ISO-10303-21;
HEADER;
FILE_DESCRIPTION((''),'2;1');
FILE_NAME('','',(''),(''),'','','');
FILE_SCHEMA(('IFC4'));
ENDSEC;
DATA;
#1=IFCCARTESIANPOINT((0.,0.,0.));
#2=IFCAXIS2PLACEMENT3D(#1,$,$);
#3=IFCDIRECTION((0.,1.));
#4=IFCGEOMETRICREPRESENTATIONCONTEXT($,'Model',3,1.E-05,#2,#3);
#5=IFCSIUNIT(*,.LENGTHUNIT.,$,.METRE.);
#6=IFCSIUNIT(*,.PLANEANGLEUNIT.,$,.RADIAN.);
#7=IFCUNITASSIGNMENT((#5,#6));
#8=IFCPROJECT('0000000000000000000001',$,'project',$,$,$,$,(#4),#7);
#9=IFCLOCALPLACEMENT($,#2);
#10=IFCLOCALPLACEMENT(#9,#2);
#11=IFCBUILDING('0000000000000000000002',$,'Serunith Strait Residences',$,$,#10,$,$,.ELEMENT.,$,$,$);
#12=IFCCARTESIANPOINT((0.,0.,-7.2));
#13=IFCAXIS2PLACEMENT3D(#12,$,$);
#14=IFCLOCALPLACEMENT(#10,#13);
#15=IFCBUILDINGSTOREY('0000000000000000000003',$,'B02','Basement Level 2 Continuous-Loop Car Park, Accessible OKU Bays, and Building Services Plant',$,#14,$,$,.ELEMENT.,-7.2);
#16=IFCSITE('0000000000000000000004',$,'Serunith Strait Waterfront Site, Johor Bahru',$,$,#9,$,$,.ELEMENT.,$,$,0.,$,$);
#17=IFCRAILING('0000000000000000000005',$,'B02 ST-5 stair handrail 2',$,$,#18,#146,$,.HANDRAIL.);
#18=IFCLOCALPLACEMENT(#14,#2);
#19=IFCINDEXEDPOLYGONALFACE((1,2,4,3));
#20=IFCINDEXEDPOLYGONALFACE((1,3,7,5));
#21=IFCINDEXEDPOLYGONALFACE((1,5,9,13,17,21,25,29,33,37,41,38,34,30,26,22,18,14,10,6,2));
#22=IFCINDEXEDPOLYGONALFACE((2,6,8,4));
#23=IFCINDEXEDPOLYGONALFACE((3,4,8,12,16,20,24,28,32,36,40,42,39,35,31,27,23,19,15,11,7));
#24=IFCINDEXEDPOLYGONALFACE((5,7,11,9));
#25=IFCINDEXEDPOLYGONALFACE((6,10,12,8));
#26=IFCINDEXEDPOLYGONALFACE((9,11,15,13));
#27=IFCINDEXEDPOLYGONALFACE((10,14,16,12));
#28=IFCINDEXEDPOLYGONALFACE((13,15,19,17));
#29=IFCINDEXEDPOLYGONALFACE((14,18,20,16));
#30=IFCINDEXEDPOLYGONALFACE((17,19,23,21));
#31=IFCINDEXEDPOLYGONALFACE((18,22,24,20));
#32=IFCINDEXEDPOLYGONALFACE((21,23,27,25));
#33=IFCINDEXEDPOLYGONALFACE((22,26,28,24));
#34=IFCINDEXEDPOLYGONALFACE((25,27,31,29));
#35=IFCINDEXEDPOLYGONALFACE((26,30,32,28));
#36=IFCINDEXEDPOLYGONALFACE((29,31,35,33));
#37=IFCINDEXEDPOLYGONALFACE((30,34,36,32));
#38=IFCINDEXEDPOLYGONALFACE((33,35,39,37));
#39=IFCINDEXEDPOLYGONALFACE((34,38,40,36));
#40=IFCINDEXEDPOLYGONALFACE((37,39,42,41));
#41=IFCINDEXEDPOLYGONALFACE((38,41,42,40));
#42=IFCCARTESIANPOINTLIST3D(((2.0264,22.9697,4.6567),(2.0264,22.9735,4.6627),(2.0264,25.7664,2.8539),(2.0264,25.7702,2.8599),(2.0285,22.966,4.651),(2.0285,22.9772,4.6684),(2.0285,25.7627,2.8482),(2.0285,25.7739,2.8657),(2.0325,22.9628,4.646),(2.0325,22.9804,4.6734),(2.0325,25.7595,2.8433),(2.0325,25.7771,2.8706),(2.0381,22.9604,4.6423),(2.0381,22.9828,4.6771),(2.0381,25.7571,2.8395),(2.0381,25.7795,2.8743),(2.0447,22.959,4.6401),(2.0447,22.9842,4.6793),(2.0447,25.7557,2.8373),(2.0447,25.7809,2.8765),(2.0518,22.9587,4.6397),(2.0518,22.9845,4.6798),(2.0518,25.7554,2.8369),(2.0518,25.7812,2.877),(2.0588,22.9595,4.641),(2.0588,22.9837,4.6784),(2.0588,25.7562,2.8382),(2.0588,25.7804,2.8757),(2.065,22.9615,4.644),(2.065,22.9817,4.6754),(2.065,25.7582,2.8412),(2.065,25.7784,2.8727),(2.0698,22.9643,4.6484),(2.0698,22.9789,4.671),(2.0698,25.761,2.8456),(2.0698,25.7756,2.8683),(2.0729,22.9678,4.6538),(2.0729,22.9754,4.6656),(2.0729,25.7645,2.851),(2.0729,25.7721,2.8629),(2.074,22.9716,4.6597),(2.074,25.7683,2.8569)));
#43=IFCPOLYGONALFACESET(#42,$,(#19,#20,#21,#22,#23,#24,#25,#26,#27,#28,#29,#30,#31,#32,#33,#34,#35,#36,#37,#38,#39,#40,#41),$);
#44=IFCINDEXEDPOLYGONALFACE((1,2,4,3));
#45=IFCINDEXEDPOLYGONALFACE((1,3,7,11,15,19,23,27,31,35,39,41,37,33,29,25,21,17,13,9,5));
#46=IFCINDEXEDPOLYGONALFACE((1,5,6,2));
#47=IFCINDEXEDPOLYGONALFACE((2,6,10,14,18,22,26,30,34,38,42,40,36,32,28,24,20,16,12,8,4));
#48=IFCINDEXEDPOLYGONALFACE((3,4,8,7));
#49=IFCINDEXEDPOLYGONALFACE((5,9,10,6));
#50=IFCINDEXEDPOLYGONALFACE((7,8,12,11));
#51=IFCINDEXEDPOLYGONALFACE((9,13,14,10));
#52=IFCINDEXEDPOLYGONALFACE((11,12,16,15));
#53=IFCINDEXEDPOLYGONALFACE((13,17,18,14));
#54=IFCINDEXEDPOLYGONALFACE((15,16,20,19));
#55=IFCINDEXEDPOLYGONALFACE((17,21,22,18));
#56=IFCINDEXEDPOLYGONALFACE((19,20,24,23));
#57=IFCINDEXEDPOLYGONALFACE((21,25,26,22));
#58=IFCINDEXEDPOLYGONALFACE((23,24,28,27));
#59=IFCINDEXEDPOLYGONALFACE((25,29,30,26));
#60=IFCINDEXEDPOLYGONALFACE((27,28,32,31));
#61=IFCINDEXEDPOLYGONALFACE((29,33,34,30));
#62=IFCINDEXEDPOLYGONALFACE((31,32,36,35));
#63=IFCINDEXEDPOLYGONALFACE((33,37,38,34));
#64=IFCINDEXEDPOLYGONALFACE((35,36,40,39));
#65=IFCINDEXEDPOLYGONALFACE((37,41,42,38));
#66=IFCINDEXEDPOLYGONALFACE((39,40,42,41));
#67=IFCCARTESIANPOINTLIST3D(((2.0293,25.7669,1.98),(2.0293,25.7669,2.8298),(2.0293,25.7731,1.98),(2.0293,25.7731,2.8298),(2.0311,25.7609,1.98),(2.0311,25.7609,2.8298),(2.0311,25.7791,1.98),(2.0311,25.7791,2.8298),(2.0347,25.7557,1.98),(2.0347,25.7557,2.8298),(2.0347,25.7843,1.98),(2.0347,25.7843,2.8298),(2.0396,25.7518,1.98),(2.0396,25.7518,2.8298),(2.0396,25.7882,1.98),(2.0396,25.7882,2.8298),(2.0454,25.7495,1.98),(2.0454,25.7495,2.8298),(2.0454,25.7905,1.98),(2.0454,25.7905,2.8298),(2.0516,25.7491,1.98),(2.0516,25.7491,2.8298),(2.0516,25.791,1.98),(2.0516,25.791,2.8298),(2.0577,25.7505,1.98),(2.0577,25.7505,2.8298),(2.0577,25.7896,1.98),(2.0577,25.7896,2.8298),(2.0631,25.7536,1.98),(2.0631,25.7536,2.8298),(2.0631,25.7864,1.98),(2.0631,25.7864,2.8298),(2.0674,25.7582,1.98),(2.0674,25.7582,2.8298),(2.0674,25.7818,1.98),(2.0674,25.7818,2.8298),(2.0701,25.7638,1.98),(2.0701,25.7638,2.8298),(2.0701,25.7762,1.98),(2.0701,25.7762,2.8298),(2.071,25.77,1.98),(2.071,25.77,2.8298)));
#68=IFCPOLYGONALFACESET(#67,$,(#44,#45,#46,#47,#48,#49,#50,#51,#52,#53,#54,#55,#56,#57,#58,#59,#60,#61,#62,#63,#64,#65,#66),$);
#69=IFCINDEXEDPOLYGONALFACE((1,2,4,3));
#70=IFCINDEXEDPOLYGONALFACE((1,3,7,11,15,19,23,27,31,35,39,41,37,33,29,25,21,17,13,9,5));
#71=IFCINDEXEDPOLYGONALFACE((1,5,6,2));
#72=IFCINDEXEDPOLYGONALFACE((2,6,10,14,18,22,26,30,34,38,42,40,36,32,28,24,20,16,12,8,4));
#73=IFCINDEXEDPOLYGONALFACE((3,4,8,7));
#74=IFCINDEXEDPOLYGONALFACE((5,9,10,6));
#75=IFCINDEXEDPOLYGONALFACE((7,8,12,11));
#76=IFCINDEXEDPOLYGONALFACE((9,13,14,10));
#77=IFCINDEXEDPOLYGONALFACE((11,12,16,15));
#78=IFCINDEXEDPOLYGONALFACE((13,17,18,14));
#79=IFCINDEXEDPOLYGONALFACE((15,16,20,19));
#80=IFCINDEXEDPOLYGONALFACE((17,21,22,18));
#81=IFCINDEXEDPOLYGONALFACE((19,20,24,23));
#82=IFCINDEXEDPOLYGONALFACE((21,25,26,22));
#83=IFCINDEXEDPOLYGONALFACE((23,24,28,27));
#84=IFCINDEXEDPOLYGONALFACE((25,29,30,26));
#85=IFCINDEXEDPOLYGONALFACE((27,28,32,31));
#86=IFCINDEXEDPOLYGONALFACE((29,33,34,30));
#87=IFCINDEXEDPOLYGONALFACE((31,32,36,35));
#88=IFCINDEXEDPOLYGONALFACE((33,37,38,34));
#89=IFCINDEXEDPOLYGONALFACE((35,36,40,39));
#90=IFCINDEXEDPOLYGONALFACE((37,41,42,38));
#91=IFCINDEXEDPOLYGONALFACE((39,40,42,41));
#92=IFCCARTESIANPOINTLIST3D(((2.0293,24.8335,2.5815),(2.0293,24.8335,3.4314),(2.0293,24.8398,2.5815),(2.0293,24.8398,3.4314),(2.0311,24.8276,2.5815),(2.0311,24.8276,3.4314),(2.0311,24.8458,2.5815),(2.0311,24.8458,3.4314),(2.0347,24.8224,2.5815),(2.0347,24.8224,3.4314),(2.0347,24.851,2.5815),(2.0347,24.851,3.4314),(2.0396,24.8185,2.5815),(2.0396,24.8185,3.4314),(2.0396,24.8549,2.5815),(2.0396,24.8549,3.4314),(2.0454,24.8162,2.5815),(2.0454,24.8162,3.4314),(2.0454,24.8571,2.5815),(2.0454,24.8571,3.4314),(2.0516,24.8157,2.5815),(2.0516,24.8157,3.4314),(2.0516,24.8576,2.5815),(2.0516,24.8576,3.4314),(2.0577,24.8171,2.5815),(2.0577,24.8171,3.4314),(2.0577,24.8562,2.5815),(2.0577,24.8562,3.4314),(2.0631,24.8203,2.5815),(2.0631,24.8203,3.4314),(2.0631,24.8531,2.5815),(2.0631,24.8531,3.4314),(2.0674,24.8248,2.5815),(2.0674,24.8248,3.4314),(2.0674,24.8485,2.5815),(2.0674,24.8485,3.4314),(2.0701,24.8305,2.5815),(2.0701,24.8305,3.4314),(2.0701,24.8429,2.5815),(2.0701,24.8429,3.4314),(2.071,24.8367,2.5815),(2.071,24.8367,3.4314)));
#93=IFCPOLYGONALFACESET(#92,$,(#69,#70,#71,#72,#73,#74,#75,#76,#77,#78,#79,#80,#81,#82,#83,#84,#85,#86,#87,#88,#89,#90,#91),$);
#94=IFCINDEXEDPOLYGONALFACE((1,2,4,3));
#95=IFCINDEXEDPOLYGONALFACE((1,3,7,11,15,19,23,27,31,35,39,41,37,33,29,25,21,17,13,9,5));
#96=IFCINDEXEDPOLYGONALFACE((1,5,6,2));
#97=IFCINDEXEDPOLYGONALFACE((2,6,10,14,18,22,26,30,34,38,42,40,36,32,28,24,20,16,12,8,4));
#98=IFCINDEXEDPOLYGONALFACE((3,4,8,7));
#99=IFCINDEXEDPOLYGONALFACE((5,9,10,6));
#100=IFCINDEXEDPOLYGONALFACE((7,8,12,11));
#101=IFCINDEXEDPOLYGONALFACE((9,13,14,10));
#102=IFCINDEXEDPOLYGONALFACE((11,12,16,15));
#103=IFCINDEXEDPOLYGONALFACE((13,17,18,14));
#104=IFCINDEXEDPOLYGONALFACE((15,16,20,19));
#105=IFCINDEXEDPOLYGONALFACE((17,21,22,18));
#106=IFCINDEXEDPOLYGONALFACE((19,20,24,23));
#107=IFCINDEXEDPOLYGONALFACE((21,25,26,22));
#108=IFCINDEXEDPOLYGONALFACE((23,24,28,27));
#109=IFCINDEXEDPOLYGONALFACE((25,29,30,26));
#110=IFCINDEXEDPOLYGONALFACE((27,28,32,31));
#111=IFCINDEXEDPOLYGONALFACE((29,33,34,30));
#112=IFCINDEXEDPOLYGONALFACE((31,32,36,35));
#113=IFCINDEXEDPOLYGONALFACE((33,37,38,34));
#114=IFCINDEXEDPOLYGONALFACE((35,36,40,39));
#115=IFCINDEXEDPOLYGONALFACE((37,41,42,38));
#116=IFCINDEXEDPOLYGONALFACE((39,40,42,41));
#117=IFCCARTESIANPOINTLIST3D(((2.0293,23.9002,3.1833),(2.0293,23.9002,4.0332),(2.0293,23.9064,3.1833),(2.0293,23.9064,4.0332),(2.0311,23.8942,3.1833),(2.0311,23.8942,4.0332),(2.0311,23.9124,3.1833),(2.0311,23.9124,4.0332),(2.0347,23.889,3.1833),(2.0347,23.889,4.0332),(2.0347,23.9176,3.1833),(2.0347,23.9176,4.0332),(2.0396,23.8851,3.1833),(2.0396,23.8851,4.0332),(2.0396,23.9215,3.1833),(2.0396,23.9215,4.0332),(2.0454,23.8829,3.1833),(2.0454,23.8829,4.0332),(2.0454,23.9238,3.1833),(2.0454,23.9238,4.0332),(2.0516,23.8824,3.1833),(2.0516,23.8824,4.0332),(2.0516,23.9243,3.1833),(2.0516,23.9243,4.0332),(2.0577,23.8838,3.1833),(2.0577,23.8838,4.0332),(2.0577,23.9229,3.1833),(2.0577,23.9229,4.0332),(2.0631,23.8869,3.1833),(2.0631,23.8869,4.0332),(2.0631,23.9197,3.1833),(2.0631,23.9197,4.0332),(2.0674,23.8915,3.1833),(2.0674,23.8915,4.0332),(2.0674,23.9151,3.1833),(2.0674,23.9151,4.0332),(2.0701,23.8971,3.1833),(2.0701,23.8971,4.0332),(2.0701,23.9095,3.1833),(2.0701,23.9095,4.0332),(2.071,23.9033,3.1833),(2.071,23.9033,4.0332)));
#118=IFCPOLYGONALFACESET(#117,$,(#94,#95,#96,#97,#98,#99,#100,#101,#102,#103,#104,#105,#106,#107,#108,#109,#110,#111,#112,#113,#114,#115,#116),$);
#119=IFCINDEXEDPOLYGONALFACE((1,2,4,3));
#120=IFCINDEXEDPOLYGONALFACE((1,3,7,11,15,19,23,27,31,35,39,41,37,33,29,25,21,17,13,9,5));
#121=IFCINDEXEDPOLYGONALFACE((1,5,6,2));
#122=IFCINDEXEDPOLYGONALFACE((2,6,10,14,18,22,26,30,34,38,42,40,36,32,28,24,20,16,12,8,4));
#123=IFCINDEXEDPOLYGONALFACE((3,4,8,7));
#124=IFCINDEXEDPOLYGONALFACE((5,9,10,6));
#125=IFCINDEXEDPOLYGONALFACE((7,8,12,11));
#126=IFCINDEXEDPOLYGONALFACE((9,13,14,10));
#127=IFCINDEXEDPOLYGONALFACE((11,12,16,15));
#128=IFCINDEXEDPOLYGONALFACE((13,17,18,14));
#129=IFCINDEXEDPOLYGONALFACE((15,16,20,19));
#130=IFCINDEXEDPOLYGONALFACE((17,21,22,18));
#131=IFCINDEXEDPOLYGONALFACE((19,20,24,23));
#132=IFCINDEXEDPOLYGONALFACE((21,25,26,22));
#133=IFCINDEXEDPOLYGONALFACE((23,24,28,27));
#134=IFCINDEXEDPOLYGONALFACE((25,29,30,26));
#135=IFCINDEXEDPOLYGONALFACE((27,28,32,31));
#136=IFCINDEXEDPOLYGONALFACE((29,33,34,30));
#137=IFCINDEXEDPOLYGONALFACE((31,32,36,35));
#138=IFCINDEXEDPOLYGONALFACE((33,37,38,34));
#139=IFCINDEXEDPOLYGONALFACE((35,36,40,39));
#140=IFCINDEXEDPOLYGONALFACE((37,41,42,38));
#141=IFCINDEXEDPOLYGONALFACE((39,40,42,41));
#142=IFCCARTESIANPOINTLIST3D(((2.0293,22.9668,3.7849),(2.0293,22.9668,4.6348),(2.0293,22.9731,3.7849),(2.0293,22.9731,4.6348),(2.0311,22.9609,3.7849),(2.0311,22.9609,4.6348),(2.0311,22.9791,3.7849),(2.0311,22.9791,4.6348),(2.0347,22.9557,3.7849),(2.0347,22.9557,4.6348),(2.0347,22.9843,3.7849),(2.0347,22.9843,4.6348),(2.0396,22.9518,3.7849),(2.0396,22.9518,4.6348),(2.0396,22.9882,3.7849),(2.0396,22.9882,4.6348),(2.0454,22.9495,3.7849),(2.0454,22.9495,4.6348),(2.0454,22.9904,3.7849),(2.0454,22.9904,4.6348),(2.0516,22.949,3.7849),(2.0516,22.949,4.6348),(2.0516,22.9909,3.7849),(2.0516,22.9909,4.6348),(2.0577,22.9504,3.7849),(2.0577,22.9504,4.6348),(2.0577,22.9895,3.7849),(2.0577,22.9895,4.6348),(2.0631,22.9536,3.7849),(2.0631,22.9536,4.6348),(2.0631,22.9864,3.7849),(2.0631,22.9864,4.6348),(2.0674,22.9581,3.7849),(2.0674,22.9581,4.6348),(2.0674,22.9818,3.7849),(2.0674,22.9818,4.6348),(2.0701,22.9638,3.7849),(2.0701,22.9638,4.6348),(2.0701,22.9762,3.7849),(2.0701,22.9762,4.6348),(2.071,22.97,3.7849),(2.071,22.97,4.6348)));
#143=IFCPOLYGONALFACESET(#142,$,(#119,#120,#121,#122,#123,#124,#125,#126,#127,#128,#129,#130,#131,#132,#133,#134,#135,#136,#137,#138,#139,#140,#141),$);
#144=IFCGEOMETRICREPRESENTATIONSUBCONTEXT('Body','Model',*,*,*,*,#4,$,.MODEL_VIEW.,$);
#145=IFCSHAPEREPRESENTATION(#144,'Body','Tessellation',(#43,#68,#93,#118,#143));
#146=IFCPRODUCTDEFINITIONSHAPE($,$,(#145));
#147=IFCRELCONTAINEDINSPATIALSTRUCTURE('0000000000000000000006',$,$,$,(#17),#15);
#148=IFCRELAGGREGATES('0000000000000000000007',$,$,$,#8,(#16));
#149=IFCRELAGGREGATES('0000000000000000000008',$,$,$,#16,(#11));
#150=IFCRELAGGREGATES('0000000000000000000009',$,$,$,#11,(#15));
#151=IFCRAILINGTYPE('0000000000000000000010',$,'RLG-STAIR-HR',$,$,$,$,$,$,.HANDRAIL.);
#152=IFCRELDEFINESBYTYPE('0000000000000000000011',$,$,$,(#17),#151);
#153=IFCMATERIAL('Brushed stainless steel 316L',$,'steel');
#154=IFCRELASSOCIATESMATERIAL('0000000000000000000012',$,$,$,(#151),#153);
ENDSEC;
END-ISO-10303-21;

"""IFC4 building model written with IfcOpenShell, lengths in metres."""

from ifc_helpers import new_model, si_unit, direction, frame, origin, origin_2d, place, context, subcontext, project, spatial, circle, extrude, material, type_object, element, save


model = new_model("IFC4")

# Units and contexts
model_context = context("Model", 3, precision=1e-05, world=origin(), true_north=direction((0.0, 1.0)))
body_context = subcontext(model_context, "Body", "Model", "MODEL_VIEW")
ifc_project = project(units=[si_unit("LENGTHUNIT", "METRE"), si_unit("PLANEANGLEUNIT", "RADIAN")], contexts=[model_context])

# Site, building, storey
site_placement = place(None, origin())
site = spatial("IfcSite", under=ifc_project, at=site_placement, Name="Serunith Strait Waterfront Site, Johor Bahru", CompositionType="ELEMENT", RefElevation=0.0)
building_placement = place(site_placement, origin())
building = spatial("IfcBuilding", under=site, at=building_placement, Name="Serunith Strait Residences", CompositionType="ELEMENT")
storey_placement = place(building_placement, frame((0.0, 0.0, -7.2)))
storey = spatial("IfcBuildingStorey", under=building, at=storey_placement, Name="B02", Description="Basement Level 2 Continuous-Loop Car Park, Accessible OKU Bays, and Building Services Plant", CompositionType="ELEMENT", Elevation=-7.2)

# Railing
ifc_material_1 = material(Name="Brushed stainless steel 316L", Category="steel")
railing_type_1 = type_object("IfcRailingType", Name="RLG-STAIR-HR", PredefinedType="HANDRAIL", material=ifc_material_1)
railing_1_placement = place(storey_placement, frame((2.05, 25.77, 1.98)))
element("IfcRailing", 1, at=railing_1_placement, inside=storey, type_object=railing_type_1, Name="B02 ST-5 stair handrail 2", PredefinedType="HANDRAIL", context=body_context, shape_type="SweptSolid", body=[
    extrude(circle(Radius=0.0239, at=origin_2d()), frame((0.0, -0.0017, 0.877), z_axis=(0.0, -0.840509, 0.541798), x_axis=(1.0, 0.0, 0.0)), (0.0, 0.0, 1.0), 3.3274),
    extrude(circle(Radius=0.021, at=origin_2d()), origin(), (0.0, 0.0, 1.0), 0.8499),
    extrude(circle(Radius=0.021, at=origin_2d()), frame((0.0, -0.9333, 0.6016)), (0.0, 0.0, 1.0), 0.8499),
    extrude(circle(Radius=0.021, at=origin_2d()), frame((0.0, -1.8667, 1.2034)), (0.0, 0.0, 1.0), 0.8499),
    extrude(circle(Radius=0.021, at=origin_2d()), frame((0.0, -2.8, 1.8049)), (0.0, 0.0, 1.0), 0.8499),
])

save(model, "model.ifc")
